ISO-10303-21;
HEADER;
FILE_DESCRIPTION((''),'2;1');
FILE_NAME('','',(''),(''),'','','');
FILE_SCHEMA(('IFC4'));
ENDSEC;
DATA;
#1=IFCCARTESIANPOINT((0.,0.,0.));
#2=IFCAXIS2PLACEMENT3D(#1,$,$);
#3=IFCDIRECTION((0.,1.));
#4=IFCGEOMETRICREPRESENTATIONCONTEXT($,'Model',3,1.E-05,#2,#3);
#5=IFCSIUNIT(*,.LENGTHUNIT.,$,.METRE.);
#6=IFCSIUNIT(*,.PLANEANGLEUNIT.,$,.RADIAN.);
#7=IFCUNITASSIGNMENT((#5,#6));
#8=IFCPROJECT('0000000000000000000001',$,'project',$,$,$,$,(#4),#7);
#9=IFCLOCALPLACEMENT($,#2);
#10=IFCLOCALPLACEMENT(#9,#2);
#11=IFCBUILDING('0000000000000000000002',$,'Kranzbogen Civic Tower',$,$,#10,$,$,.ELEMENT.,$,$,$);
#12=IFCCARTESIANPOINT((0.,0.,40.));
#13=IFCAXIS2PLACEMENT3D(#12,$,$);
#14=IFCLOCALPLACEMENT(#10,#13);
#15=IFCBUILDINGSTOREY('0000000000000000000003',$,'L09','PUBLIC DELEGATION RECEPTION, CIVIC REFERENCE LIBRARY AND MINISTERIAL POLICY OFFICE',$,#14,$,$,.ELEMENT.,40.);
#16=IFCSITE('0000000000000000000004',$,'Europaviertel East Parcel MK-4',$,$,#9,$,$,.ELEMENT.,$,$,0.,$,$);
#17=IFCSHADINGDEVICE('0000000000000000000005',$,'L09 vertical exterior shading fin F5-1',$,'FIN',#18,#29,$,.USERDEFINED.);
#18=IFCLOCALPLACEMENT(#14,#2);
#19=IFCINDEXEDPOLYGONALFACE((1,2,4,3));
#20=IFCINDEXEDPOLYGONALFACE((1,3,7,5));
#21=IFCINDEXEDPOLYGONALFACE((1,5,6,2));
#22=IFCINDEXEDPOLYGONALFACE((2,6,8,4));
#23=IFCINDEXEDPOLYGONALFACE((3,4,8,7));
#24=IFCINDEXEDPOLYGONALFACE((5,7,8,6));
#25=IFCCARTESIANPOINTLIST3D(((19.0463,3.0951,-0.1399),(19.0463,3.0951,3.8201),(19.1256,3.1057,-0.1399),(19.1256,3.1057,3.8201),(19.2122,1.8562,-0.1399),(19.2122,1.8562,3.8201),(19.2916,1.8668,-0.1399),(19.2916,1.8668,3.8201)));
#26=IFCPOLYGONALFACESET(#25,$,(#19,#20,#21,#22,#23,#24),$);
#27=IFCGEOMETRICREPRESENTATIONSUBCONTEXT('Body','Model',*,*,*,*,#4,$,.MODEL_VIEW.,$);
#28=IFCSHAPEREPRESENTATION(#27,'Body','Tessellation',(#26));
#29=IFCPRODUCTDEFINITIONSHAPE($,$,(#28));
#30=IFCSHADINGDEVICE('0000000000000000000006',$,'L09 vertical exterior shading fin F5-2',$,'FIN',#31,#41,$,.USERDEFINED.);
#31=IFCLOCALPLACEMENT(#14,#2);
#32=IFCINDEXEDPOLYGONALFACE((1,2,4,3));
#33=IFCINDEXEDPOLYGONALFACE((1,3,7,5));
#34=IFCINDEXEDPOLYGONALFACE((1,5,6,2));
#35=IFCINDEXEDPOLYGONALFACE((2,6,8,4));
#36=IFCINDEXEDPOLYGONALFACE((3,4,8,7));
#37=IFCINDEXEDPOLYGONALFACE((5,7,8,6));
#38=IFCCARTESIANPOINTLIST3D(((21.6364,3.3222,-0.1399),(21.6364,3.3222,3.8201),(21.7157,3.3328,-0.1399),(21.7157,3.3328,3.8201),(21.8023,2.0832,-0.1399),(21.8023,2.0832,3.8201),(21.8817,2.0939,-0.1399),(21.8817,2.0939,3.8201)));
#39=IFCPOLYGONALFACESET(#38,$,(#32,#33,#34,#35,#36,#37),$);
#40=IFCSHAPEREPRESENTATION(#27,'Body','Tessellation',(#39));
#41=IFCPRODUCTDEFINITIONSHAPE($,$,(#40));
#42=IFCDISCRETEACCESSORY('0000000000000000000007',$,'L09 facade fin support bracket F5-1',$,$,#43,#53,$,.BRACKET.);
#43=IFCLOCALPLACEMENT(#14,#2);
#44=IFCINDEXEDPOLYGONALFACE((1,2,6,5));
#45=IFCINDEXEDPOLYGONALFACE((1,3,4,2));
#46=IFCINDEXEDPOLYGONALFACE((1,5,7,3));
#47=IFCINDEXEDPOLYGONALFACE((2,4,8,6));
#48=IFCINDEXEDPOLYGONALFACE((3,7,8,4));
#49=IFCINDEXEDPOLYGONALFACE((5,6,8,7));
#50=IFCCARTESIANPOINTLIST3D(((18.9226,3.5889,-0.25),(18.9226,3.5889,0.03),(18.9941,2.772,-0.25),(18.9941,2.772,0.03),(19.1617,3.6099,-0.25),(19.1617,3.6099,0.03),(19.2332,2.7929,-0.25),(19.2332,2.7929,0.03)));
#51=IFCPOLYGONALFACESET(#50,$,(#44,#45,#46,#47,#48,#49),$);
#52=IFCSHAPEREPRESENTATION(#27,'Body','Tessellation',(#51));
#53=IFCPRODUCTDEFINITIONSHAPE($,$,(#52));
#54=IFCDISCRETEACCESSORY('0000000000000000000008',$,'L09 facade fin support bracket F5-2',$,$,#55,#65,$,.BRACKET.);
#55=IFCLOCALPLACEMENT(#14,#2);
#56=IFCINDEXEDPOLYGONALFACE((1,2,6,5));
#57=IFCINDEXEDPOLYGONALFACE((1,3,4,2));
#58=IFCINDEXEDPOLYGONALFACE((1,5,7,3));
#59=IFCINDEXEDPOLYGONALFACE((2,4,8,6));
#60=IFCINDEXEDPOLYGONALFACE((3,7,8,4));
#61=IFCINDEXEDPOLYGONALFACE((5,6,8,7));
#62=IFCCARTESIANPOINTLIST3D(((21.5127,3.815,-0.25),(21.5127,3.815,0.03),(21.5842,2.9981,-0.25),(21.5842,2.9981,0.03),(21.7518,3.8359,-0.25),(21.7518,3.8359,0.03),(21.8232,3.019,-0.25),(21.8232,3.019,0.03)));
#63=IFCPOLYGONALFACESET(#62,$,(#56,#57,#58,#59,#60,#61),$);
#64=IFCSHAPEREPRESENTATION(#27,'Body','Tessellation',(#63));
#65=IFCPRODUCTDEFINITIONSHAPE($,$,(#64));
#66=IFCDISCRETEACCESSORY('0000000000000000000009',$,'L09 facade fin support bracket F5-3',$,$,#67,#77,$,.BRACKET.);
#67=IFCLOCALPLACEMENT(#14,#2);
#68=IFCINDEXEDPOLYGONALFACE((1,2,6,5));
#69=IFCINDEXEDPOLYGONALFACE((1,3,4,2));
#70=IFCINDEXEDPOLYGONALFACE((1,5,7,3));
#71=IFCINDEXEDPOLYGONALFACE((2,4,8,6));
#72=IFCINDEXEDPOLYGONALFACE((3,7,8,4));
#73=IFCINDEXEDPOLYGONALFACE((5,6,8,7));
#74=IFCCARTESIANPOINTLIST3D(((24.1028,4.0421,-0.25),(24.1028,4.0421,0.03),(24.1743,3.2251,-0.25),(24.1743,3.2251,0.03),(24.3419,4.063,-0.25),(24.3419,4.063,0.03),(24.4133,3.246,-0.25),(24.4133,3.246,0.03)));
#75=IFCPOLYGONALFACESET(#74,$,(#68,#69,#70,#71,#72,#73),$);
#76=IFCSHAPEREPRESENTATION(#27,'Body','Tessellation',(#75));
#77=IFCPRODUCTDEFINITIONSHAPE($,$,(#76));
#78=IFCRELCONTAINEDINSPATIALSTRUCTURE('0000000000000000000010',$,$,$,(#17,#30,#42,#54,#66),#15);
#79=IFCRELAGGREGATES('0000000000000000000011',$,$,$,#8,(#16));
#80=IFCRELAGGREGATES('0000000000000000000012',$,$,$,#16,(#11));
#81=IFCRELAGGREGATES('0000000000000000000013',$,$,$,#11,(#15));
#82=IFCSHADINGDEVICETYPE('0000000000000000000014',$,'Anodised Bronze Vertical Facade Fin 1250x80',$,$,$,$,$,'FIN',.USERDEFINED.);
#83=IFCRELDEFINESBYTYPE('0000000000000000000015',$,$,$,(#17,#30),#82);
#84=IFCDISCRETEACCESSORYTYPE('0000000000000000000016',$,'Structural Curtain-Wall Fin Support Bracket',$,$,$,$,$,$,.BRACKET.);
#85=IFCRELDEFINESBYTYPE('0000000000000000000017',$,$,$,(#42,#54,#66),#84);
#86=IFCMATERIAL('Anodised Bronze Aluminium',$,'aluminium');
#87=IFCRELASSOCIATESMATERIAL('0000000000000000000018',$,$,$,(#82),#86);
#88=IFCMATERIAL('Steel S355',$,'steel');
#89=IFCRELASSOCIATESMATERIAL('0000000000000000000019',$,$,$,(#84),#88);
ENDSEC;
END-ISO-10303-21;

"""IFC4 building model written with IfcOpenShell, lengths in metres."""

from ifc_helpers import new_model, si_unit, direction, frame, origin, origin_2d, place, context, subcontext, project, spatial, rectangle, extrude, material, type_object, element, save


model = new_model("IFC4")

# Units and contexts
model_context = context("Model", 3, precision=1e-05, world=origin(), true_north=direction((0.0, 1.0)))
body_context = subcontext(model_context, "Body", "Model", "MODEL_VIEW")
ifc_project = project(units=[si_unit("LENGTHUNIT", "METRE"), si_unit("PLANEANGLEUNIT", "RADIAN")], contexts=[model_context])

# Site, building, storey
site_placement = place(None, origin())
site = spatial("IfcSite", under=ifc_project, at=site_placement, Name="Europaviertel East Parcel MK-4", CompositionType="ELEMENT", RefElevation=0.0)
building_placement = place(site_placement, origin())
building = spatial("IfcBuilding", under=site, at=building_placement, Name="Kranzbogen Civic Tower", CompositionType="ELEMENT")
storey_placement = place(building_placement, frame((0.0, 0.0, 40.0)))
storey = spatial("IfcBuildingStorey", under=building, at=storey_placement, Name="L09", Description="PUBLIC DELEGATION RECEPTION, CIVIC REFERENCE LIBRARY AND MINISTERIAL POLICY OFFICE", CompositionType="ELEMENT", Elevation=40.0)

# Shared definitions
ifc_material_1 = material(Name="Steel S355", Category="steel")

# Shading devices
ifc_material_2 = material(Name="Anodised Bronze Aluminium", Category="aluminium")
shading_device_type = type_object("IfcShadingDeviceType", Name="Anodised Bronze Vertical Facade Fin 1250x80", ElementType="FIN", PredefinedType="USERDEFINED", material=ifc_material_2)
for number, where, z_axis, x_axis, name in (
    (1, (19.1689, 2.481, -0.1399), (0.0, 0.0, 1.0), (0.132775, -0.991146, 0.0), "L09 vertical exterior shading fin F5-1"),
    (2, (21.759, 2.708, -0.1399), (0.0, 0.0, 1.0), (0.132775, -0.991146, 0.0), "L09 vertical exterior shading fin F5-2"),
):
    element("IfcShadingDevice", number, at=place(storey_placement, frame(where, z_axis=z_axis, x_axis=x_axis)), inside=storey, type_object=shading_device_type, Name=name, ObjectType="FIN", PredefinedType="USERDEFINED", context=body_context, shape_type="SweptSolid", body=[
        extrude(rectangle(XDim=1.25, YDim=0.0801, at=origin_2d()), origin(), (0.0, 0.0, 1.0), 3.96),
    ])

# Discrete accessories
discrete_accessory_type = type_object("IfcDiscreteAccessoryType", Name="Structural Curtain-Wall Fin Support Bracket", PredefinedType="BRACKET", material=ifc_material_1)
for number, where, z_axis, x_axis, name in (
    (3, (19.0779, 3.1909, -0.25), (0.0, 0.0, 1.0), (0.087156, -0.996195, 0.0), "L09 facade fin support bracket F5-1"),
    (4, (21.668, 3.417, -0.25), (0.0, 0.0, 1.0), (0.087156, -0.996195, 0.0), "L09 facade fin support bracket F5-2"),
    (5, (24.2581, 3.644, -0.25), (0.0, 0.0, 1.0), (0.087156, -0.996195, 0.0), "L09 facade fin support bracket F5-3"),
):
    element("IfcDiscreteAccessory", number, at=place(storey_placement, frame(where, z_axis=z_axis, x_axis=x_axis)), inside=storey, type_object=discrete_accessory_type, Name=name, PredefinedType="BRACKET", context=body_context, shape_type="SweptSolid", body=[
        extrude(rectangle(XDim=0.8201, YDim=0.24, at=origin_2d()), origin(), (0.0, 0.0, 1.0), 0.28),
    ])

save(model, "model.ifc")
